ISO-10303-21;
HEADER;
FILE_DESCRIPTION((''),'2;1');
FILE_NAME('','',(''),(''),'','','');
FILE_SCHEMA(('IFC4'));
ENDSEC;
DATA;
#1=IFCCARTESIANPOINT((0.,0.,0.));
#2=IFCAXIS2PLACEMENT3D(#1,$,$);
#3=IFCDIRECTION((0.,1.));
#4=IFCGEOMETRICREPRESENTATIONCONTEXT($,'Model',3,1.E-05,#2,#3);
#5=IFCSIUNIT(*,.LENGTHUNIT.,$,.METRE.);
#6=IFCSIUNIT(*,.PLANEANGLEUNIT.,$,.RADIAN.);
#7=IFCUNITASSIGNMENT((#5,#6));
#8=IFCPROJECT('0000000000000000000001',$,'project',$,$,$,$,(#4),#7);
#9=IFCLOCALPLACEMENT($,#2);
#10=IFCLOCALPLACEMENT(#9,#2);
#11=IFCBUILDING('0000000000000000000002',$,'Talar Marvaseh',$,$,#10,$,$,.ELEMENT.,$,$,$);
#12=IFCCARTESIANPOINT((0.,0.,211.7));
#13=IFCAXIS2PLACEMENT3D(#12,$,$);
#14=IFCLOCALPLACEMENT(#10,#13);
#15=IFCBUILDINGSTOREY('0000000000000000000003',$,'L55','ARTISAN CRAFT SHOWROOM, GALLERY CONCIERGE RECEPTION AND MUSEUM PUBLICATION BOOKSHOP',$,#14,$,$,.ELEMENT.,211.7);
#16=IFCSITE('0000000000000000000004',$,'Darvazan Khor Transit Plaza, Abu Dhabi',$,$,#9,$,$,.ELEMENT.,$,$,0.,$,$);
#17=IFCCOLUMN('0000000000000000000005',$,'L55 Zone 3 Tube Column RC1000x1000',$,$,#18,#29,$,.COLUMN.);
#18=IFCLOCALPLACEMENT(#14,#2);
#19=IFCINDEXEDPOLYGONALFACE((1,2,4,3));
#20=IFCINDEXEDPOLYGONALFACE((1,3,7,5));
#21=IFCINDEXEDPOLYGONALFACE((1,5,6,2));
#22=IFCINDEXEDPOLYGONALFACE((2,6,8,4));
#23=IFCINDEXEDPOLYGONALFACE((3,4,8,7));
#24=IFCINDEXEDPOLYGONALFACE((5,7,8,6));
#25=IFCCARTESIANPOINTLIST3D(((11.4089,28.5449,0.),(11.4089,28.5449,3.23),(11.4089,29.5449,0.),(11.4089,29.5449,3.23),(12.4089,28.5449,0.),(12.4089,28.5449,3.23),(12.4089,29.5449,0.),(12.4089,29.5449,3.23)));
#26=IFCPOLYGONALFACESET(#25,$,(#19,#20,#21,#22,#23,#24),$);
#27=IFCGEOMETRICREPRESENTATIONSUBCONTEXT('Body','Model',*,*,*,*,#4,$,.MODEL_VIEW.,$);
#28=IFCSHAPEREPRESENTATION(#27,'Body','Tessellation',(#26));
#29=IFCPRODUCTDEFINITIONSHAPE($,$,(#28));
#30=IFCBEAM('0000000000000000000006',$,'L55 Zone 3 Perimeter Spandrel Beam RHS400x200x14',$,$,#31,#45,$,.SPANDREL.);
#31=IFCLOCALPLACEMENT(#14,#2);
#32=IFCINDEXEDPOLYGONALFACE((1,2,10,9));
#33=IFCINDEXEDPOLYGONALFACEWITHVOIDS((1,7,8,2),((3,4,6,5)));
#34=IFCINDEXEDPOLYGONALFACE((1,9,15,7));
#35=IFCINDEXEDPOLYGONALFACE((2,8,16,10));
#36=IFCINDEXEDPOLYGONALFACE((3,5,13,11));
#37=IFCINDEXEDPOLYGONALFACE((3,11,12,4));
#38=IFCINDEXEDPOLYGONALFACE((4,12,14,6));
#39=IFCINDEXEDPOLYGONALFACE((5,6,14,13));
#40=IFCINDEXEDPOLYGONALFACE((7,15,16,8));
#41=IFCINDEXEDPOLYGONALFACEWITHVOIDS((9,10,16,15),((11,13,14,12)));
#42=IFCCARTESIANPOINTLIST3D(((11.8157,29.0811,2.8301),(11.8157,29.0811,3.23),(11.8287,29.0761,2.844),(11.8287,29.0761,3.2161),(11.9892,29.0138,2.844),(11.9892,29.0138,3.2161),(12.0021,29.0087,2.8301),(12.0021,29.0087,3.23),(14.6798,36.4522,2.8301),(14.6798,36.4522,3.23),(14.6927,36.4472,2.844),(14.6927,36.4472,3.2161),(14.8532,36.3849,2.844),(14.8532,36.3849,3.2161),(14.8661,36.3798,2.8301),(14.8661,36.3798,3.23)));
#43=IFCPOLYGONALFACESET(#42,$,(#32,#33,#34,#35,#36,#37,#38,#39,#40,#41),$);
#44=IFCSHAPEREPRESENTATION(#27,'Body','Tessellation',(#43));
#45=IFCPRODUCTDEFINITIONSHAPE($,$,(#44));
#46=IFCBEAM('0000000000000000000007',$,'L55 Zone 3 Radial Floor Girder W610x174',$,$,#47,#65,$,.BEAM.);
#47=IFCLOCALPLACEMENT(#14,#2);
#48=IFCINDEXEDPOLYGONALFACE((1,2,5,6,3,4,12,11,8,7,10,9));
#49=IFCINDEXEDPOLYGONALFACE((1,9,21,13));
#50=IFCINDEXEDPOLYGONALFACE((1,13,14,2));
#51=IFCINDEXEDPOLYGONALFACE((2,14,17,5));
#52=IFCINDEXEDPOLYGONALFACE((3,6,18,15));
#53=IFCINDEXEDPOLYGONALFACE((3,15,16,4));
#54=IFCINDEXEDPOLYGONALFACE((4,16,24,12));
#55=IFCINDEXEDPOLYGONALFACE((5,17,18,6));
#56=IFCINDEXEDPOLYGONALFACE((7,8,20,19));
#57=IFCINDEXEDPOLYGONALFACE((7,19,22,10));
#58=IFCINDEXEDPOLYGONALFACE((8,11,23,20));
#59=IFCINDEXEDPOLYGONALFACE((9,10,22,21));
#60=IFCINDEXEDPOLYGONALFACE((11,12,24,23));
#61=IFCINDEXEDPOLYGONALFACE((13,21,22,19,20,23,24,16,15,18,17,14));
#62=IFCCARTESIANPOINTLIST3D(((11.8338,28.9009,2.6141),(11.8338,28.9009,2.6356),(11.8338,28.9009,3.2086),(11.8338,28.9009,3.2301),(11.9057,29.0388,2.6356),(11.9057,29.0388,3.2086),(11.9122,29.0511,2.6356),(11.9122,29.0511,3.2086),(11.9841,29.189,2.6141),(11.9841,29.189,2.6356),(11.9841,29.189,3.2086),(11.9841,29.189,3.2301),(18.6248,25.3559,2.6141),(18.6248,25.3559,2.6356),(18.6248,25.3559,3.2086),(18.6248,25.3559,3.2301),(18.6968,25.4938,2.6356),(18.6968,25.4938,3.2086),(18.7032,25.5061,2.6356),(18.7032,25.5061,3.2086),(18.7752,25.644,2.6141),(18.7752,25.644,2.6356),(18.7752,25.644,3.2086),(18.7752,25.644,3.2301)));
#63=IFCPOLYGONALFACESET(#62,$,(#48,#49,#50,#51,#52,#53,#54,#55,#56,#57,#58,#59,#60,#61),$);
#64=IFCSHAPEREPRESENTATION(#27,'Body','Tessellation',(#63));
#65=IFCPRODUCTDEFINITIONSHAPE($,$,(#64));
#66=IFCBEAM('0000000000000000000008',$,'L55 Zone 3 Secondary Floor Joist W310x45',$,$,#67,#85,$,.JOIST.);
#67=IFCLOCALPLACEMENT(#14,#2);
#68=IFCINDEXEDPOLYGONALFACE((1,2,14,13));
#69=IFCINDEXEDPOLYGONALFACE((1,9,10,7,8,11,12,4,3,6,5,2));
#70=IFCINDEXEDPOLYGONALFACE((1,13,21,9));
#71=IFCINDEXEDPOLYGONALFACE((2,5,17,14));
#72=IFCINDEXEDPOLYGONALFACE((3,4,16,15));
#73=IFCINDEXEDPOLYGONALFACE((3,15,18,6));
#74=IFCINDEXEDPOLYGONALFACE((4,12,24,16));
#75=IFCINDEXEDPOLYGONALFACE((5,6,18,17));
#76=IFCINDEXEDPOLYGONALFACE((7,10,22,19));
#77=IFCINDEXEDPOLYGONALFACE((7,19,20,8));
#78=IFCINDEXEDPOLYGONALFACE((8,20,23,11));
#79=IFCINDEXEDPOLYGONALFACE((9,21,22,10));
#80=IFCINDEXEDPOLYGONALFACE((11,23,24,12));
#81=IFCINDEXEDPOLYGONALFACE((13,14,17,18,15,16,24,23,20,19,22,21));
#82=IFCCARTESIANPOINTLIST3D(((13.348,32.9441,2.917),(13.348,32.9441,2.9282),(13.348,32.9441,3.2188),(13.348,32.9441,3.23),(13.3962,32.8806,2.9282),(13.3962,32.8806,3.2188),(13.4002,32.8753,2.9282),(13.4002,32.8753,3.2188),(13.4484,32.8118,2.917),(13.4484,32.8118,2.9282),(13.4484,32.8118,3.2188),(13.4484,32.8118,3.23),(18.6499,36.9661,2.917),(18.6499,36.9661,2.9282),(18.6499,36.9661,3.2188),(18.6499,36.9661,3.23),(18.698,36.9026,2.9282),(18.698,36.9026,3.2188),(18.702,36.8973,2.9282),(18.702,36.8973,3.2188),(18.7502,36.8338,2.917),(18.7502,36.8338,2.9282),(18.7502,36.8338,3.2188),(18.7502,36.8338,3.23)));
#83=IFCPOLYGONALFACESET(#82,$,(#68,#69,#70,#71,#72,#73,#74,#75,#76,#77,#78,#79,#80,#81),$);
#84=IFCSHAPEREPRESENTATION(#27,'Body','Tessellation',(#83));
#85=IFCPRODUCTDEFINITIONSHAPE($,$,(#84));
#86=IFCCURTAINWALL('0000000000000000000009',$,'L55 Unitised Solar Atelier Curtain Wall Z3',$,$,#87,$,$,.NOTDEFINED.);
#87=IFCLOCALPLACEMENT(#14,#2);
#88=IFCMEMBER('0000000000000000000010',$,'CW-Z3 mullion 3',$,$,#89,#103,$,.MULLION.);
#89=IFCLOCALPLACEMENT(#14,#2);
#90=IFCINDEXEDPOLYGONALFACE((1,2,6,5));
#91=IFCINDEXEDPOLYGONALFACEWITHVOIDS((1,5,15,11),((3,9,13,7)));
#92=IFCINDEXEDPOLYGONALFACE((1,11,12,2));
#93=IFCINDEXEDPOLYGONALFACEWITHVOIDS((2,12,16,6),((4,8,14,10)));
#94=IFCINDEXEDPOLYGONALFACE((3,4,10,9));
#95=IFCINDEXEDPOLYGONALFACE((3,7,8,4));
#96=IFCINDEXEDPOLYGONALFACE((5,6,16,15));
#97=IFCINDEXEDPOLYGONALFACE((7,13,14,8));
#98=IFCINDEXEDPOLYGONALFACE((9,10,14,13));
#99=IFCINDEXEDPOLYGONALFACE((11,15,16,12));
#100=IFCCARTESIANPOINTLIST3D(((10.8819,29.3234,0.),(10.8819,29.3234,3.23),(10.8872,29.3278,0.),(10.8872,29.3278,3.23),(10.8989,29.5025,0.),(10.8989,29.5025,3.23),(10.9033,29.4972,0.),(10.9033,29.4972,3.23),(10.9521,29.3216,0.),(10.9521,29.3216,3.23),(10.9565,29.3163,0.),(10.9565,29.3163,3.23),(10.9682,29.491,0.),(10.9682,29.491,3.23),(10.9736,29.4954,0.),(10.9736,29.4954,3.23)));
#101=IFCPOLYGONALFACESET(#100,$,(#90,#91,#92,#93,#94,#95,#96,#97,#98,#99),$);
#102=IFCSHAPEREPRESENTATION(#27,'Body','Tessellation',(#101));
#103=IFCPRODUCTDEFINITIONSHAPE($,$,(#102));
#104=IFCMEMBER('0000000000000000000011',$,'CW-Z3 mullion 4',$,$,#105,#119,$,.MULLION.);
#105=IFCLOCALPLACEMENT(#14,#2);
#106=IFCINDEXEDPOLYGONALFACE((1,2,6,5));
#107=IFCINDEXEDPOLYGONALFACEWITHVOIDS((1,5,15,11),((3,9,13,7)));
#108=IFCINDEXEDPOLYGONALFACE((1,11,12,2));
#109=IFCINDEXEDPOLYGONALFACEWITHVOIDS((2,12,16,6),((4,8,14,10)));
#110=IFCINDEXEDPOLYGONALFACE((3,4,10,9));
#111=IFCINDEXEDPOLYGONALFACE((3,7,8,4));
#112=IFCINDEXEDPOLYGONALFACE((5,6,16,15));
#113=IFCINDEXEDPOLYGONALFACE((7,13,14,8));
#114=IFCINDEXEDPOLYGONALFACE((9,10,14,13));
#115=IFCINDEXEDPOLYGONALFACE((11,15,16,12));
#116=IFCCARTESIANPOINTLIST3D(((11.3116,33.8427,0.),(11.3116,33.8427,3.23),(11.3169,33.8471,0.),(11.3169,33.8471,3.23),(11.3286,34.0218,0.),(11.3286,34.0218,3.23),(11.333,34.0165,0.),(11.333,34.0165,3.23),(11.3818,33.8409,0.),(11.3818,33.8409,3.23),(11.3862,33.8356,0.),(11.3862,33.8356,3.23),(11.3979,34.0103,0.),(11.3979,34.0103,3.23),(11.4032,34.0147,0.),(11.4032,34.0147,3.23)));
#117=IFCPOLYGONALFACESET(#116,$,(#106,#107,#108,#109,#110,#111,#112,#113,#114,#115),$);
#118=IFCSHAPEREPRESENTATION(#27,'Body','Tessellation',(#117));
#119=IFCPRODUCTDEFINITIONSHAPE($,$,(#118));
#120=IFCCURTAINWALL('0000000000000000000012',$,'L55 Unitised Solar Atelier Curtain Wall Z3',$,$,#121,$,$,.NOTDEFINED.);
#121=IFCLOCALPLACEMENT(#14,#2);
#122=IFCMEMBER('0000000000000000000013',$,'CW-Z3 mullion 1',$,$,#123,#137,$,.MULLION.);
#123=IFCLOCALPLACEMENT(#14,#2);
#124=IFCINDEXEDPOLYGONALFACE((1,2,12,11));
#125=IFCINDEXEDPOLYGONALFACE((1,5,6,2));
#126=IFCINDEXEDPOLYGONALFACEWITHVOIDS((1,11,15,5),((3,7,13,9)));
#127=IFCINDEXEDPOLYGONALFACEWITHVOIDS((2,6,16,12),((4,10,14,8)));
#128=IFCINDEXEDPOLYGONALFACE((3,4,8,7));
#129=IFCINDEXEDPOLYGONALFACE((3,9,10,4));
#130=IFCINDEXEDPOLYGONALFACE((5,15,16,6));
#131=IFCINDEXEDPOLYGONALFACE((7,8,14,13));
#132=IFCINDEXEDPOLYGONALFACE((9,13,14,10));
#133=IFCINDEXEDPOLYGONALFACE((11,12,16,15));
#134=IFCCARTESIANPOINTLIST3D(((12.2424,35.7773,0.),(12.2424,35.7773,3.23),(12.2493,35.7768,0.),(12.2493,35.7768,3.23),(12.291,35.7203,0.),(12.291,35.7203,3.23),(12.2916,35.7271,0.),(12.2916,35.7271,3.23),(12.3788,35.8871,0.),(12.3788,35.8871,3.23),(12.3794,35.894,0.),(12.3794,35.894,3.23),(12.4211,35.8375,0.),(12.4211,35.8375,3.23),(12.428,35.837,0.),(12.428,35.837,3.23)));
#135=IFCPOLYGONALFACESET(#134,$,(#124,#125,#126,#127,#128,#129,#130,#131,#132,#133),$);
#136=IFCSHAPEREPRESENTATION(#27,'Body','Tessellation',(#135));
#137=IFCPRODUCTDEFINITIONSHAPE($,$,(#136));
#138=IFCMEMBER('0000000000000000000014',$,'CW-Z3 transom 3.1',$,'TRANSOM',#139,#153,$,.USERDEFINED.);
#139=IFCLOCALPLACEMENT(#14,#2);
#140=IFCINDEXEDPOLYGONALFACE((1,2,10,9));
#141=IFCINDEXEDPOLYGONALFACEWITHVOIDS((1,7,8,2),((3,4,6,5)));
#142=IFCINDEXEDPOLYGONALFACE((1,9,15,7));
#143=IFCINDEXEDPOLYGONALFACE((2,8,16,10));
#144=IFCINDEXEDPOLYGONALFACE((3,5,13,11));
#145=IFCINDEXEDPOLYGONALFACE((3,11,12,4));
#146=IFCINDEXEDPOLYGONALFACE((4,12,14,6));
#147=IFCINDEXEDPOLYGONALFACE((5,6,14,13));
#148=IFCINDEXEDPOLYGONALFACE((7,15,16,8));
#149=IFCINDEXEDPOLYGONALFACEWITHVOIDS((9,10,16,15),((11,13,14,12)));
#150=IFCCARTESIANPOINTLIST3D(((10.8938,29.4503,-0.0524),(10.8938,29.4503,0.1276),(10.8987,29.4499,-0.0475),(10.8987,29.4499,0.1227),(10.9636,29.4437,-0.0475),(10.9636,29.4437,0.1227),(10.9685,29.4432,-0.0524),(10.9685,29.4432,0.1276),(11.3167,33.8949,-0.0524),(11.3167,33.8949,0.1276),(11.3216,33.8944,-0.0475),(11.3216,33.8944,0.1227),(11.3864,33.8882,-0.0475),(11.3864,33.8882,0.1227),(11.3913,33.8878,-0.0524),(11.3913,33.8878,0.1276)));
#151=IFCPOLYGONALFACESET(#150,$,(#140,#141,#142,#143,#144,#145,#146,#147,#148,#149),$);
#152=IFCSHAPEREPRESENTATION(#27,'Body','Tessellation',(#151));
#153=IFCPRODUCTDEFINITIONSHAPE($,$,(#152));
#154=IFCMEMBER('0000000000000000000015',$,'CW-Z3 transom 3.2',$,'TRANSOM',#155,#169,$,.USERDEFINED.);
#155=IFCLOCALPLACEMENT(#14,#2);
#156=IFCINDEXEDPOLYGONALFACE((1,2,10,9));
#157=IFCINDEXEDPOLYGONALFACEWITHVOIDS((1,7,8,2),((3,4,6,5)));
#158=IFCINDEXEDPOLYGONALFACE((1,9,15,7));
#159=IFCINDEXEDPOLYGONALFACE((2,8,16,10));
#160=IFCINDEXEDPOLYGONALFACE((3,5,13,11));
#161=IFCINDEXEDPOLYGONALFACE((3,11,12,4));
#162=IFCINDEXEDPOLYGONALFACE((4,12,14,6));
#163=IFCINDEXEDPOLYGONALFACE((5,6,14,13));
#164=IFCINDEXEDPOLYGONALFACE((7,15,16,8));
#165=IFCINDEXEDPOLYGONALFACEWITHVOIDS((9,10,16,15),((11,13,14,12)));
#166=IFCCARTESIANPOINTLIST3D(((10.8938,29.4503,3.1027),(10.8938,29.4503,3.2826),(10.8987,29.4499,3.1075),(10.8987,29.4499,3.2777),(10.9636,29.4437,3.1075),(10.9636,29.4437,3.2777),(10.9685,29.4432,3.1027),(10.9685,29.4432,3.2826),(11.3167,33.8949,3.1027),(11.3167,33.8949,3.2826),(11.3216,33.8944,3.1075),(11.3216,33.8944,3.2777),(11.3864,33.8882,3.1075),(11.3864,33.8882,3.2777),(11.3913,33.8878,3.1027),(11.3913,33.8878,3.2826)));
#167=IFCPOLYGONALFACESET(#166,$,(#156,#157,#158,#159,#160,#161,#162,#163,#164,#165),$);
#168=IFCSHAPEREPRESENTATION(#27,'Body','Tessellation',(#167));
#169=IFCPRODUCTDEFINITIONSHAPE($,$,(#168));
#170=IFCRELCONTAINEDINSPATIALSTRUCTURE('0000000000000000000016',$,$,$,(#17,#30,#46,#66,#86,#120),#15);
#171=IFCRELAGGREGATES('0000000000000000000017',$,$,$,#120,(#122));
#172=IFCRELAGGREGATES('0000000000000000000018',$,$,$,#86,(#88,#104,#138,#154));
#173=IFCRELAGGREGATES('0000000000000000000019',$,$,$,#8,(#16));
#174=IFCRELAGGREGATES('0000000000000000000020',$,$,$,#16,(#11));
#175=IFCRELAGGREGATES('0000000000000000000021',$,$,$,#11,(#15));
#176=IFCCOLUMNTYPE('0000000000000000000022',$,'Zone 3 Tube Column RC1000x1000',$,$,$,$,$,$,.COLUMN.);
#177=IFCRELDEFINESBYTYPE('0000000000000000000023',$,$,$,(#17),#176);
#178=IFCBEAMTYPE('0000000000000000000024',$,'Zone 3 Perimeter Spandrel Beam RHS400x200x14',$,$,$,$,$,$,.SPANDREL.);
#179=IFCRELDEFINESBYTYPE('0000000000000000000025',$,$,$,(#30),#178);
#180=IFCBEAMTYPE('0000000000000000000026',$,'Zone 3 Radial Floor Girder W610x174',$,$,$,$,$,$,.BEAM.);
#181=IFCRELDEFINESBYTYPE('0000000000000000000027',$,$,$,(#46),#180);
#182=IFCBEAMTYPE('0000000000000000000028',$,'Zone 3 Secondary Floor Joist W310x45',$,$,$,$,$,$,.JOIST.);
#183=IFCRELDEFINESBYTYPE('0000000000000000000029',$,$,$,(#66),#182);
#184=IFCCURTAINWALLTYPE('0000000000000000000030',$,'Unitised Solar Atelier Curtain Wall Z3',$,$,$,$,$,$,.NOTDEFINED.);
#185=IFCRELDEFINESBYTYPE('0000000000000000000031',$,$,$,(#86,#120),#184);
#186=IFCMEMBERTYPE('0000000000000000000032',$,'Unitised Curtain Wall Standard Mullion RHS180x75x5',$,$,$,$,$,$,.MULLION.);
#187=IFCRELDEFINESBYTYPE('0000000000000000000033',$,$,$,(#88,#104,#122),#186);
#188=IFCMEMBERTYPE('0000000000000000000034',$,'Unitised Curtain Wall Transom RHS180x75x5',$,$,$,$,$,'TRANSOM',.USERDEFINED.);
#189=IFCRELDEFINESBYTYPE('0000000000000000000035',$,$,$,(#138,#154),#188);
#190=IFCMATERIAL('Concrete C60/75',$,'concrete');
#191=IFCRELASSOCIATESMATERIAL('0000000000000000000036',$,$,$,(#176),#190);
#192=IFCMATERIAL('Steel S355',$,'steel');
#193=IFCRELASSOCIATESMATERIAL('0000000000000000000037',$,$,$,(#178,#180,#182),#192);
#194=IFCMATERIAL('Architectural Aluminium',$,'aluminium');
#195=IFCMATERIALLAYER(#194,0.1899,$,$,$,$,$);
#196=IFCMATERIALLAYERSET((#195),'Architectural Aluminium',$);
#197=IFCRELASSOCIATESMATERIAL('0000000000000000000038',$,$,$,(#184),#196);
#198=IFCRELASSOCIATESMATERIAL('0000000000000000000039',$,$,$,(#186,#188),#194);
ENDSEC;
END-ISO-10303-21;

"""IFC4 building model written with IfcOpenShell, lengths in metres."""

from ifc_helpers import new_model, si_unit, direction, frame, origin, origin_2d, place, context, subcontext, project, spatial, rectangle, hollow_rectangle, i_section, extrude, source, transform, mapped, material, layer, layer_set, material_profile, profile_set, type_object, type_shapes, element, aggregate, save


model = new_model("IFC4")

# Units and contexts
model_context = context("Model", 3, precision=1e-05, world=origin(), true_north=direction((0.0, 1.0)))
body_context = subcontext(model_context, "Body", "Model", "MODEL_VIEW")
ifc_project = project(units=[si_unit("LENGTHUNIT", "METRE"), si_unit("PLANEANGLEUNIT", "RADIAN")], contexts=[model_context])

# Site, building, storey
site_placement = place(None, origin())
site = spatial("IfcSite", under=ifc_project, at=site_placement, Name="Darvazan Khor Transit Plaza, Abu Dhabi", CompositionType="ELEMENT", RefElevation=0.0)
building_placement = place(site_placement, origin())
building = spatial("IfcBuilding", under=site, at=building_placement, Name="Talar Marvaseh", CompositionType="ELEMENT")
storey_placement = place(building_placement, frame((0.0, 0.0, 211.7)))
storey = spatial("IfcBuildingStorey", under=building, at=storey_placement, Name="L55", Description="ARTISAN CRAFT SHOWROOM, GALLERY CONCIERGE RECEPTION AND MUSEUM PUBLICATION BOOKSHOP", CompositionType="ELEMENT", Elevation=211.7)

# Column
ifc_material_1 = material(Name="Concrete C60/75", Category="concrete")
ifc_material_profile_1 = material_profile(ifc_material_1, rectangle(XDim=1.0, YDim=1.0, at=origin_2d()), Name="RC1000x1000")
ifc_profile_set_1 = profile_set([ifc_material_profile_1], Name="Concrete C60/75")
column_type = type_object("IfcColumnType", Name="Zone 3 Tube Column RC1000x1000", PredefinedType="COLUMN", material=ifc_profile_set_1)
column_placement = place(storey_placement, frame((11.9089, 29.0449, 0.0), z_axis=(0.0, 0.0, 1.0), x_axis=(1.0, 0.0, 0.0)))
element("IfcColumn", 1, at=column_placement, inside=storey, type_object=column_type, Name="L55 Zone 3 Tube Column RC1000x1000", PredefinedType="COLUMN", context=body_context, shape_type="SweptSolid", body=[
    extrude(rectangle(XDim=1.0, YDim=1.0, at=origin_2d()), origin(), (0.0, 0.0, 1.0), 3.23),
])

# Beams
ifc_material_2 = material(Name="Steel S355", Category="steel")
ifc_material_profile_2 = material_profile(ifc_material_2, hollow_rectangle(XDim=0.2, YDim=0.3999, WallThickness=0.0139, at=origin_2d()), Name="RHS400x200x14")
ifc_profile_set_2 = profile_set([ifc_material_profile_2], Name="Steel S355")
beam_type_1 = type_object("IfcBeamType", Name="Zone 3 Perimeter Spandrel Beam RHS400x200x14", PredefinedType="SPANDREL", material=ifc_profile_set_2)
beam_1_placement = place(storey_placement, frame((11.9089, 29.0449, 3.03), z_axis=(0.362169, 0.932112, 0.0), x_axis=(-0.932112, 0.362169, 0.0)))
element("IfcBeam", 2, at=beam_1_placement, inside=storey, type_object=beam_type_1, Name="L55 Zone 3 Perimeter Spandrel Beam RHS400x200x14", PredefinedType="SPANDREL", context=body_context, shape_type="SweptSolid", body=[
    extrude(hollow_rectangle(XDim=0.2, YDim=0.3999, WallThickness=0.0139, at=origin_2d()), origin(), (0.0, 0.0, 1.0), 7.908),
])
ifc_material_profile_3 = material_profile(ifc_material_2, i_section(OverallWidth=0.325, OverallDepth=0.616, WebThickness=0.0139, FlangeThickness=0.0215, at=origin_2d()), Name="W610x174")
ifc_profile_set_3 = profile_set([ifc_material_profile_3], Name="Steel S355")
beam_type_2 = type_object("IfcBeamType", Name="Zone 3 Radial Floor Girder W610x174", PredefinedType="BEAM", material=ifc_profile_set_3)
beam_2_placement = place(storey_placement, frame((11.9089, 29.0449, 2.9221), z_axis=(0.886489, -0.462749, 0.0), x_axis=(0.462749, 0.886489, 0.0)))
element("IfcBeam", 3, at=beam_2_placement, inside=storey, type_object=beam_type_2, Name="L55 Zone 3 Radial Floor Girder W610x174", PredefinedType="BEAM", context=body_context, shape_type="SweptSolid", body=[
    extrude(i_section(OverallWidth=0.325, OverallDepth=0.616, WebThickness=0.0139, FlangeThickness=0.0215, at=origin_2d()), origin(), (0.0, 0.0, 1.0), 7.6606),
])
ifc_material_profile_4 = material_profile(ifc_material_2, i_section(OverallWidth=0.166, OverallDepth=0.313, WebThickness=0.0066, FlangeThickness=0.0112, at=origin_2d()), Name="W310x45")
ifc_profile_set_4 = profile_set([ifc_material_profile_4], Name="Steel S355")
beam_type_3 = type_object("IfcBeamType", Name="Zone 3 Secondary Floor Joist W310x45", PredefinedType="JOIST", material=ifc_profile_set_4)
beam_3_placement = place(storey_placement, frame((13.3982, 32.8779, 3.0735), z_axis=(0.796695, 0.604382, 0.0), x_axis=(-0.604382, 0.796695, 0.0)))
element("IfcBeam", 4, at=beam_3_placement, inside=storey, type_object=beam_type_3, Name="L55 Zone 3 Secondary Floor Joist W310x45", PredefinedType="JOIST", context=body_context, shape_type="SweptSolid", body=[
    extrude(i_section(OverallWidth=0.166, OverallDepth=0.313, WebThickness=0.0066, FlangeThickness=0.0112, at=origin_2d()), origin(), (0.0, 0.0, 1.0), 6.6548),
])

# Curtain wall, members
ifc_material_3 = material(Name="Architectural Aluminium", Category="aluminium")
ifc_layer_1 = layer(ifc_material_3, 0.1899)
ifc_layer_set_1 = layer_set([ifc_layer_1], Name="Architectural Aluminium")
curtain_wall_type = type_object("IfcCurtainWallType", Name="Unitised Solar Atelier Curtain Wall Z3", PredefinedType="NOTDEFINED", material=ifc_layer_set_1)
curtain_wall_1_placement = place(storey_placement, origin())
curtain_wall_1 = element("IfcCurtainWall", 5, at=curtain_wall_1_placement, inside=storey, type_object=curtain_wall_type, Name="L55 Unitised Solar Atelier Curtain Wall Z3", PredefinedType="NOTDEFINED")
ifc_material_profile_5 = material_profile(ifc_material_3, hollow_rectangle(XDim=0.075, YDim=0.1799, WallThickness=0.0049, at=origin_2d()), Name="RHS180x75x5")
ifc_profile_set_5 = profile_set([ifc_material_profile_5], Name="Architectural Aluminium")
member_type_1 = type_object("IfcMemberType", Name="Unitised Curtain Wall Standard Mullion RHS180x75x5", PredefinedType="MULLION", material=ifc_profile_set_5)
shared_shape_1 = source(origin(), body_context, "Body", "SweptSolid", [
    extrude(hollow_rectangle(XDim=0.075, YDim=0.1799, WallThickness=0.0049, at=origin_2d()), origin(), (0.0, 0.0, 1.0), 3.23),
])
type_shapes(member_type_1, [shared_shape_1])
member_1_placement = place(storey_placement, frame((10.9277, 29.4094, 0.0), z_axis=(0.0, 0.0, 1.0), x_axis=(-0.995509, 0.094671, 0.0)))
member_1 = element("IfcMember", 6, at=member_1_placement, type_object=member_type_1, Name="CW-Z3 mullion 3", PredefinedType="MULLION", context=body_context, shape_type="MappedRepresentation", body=[
    mapped(shared_shape_1, transform((0.0, 0.0, 0.0), x_axis=(1.0, 0.0, 0.0), y_axis=(0.0, 1.0, 0.0), z_axis=(0.0, 0.0, 1.0), scale=1.0)),
])
member_2_placement = place(storey_placement, frame((11.3574, 33.9287, 0.0), z_axis=(0.0, 0.0, 1.0), x_axis=(-0.995509, 0.094671, 0.0)))
member_2 = element("IfcMember", 7, at=member_2_placement, type_object=member_type_1, Name="CW-Z3 mullion 4", PredefinedType="MULLION", context=body_context, shape_type="MappedRepresentation", body=[
    mapped(shared_shape_1, transform((0.0, 0.0, 0.0), x_axis=(1.0, 0.0, 0.0), y_axis=(0.0, 1.0, 0.0), z_axis=(0.0, 0.0, 1.0), scale=1.0)),
])

# Curtain wall, member
curtain_wall_2_placement = place(storey_placement, origin())
curtain_wall_2 = element("IfcCurtainWall", 8, at=curtain_wall_2_placement, inside=storey, type_object=curtain_wall_type, Name="L55 Unitised Solar Atelier Curtain Wall Z3", PredefinedType="NOTDEFINED")
member_3_placement = place(storey_placement, frame((12.3352, 35.8071, 0.0), z_axis=(0.0, 0.0, 1.0), x_axis=(-0.648546, 0.761176, 0.0)))
member_3 = element("IfcMember", 9, at=member_3_placement, type_object=member_type_1, Name="CW-Z3 mullion 1", PredefinedType="MULLION", context=body_context, shape_type="MappedRepresentation", body=[
    mapped(shared_shape_1, transform((0.0, 0.0, 0.0), x_axis=(1.0, 0.0, 0.0), y_axis=(0.0, 1.0, 0.0), z_axis=(0.0, 0.0, 1.0), scale=1.0)),
])

# Members
ifc_material_profile_6 = material_profile(ifc_material_3, hollow_rectangle(XDim=0.075, YDim=0.1799, WallThickness=0.0049, at=origin_2d()), Name="RHS180x75x5")
ifc_profile_set_6 = profile_set([ifc_material_profile_6], Name="Architectural Aluminium")
member_type_2 = type_object("IfcMemberType", Name="Unitised Curtain Wall Transom RHS180x75x5", ElementType="TRANSOM", PredefinedType="USERDEFINED", material=ifc_profile_set_6)
shared_shape_2 = source(origin(), body_context, "Body", "SweptSolid", [
    extrude(hollow_rectangle(XDim=0.075, YDim=0.1799, WallThickness=0.0049, at=origin_2d()), origin(), (0.0, 0.0, 1.0), 4.4646),
])
type_shapes(member_type_2, [shared_shape_2])
member_4_placement = place(storey_placement, frame((10.9312, 29.4468, 0.0376), z_axis=(0.094711, 0.995505, 0.0), x_axis=(-0.995505, 0.094711, 0.0)))
member_4 = element("IfcMember", 10, at=member_4_placement, type_object=member_type_2, Name="CW-Z3 transom 3.1", ObjectType="TRANSOM", PredefinedType="USERDEFINED", context=body_context, shape_type="MappedRepresentation", body=[
    mapped(shared_shape_2, transform((0.0, 0.0, 0.0), x_axis=(1.0, 0.0, 0.0), y_axis=(0.0, 1.0, 0.0), z_axis=(0.0, 0.0, 1.0), scale=1.0)),
])
member_5_placement = place(storey_placement, frame((10.9312, 29.4468, 3.1926), z_axis=(0.094711, 0.995505, 0.0), x_axis=(-0.995505, 0.094711, 0.0)))
member_5 = element("IfcMember", 11, at=member_5_placement, type_object=member_type_2, Name="CW-Z3 transom 3.2", ObjectType="TRANSOM", PredefinedType="USERDEFINED", context=body_context, shape_type="MappedRepresentation", body=[
    mapped(shared_shape_2, transform((0.0, 0.0, 0.0), x_axis=(1.0, 0.0, 0.0), y_axis=(0.0, 1.0, 0.0), z_axis=(0.0, 0.0, 1.0), scale=1.0)),
])
aggregate(curtain_wall_2, [member_3])

aggregate(curtain_wall_1, [member_1, member_2, member_4, member_5])

save(model, "model.ifc")
